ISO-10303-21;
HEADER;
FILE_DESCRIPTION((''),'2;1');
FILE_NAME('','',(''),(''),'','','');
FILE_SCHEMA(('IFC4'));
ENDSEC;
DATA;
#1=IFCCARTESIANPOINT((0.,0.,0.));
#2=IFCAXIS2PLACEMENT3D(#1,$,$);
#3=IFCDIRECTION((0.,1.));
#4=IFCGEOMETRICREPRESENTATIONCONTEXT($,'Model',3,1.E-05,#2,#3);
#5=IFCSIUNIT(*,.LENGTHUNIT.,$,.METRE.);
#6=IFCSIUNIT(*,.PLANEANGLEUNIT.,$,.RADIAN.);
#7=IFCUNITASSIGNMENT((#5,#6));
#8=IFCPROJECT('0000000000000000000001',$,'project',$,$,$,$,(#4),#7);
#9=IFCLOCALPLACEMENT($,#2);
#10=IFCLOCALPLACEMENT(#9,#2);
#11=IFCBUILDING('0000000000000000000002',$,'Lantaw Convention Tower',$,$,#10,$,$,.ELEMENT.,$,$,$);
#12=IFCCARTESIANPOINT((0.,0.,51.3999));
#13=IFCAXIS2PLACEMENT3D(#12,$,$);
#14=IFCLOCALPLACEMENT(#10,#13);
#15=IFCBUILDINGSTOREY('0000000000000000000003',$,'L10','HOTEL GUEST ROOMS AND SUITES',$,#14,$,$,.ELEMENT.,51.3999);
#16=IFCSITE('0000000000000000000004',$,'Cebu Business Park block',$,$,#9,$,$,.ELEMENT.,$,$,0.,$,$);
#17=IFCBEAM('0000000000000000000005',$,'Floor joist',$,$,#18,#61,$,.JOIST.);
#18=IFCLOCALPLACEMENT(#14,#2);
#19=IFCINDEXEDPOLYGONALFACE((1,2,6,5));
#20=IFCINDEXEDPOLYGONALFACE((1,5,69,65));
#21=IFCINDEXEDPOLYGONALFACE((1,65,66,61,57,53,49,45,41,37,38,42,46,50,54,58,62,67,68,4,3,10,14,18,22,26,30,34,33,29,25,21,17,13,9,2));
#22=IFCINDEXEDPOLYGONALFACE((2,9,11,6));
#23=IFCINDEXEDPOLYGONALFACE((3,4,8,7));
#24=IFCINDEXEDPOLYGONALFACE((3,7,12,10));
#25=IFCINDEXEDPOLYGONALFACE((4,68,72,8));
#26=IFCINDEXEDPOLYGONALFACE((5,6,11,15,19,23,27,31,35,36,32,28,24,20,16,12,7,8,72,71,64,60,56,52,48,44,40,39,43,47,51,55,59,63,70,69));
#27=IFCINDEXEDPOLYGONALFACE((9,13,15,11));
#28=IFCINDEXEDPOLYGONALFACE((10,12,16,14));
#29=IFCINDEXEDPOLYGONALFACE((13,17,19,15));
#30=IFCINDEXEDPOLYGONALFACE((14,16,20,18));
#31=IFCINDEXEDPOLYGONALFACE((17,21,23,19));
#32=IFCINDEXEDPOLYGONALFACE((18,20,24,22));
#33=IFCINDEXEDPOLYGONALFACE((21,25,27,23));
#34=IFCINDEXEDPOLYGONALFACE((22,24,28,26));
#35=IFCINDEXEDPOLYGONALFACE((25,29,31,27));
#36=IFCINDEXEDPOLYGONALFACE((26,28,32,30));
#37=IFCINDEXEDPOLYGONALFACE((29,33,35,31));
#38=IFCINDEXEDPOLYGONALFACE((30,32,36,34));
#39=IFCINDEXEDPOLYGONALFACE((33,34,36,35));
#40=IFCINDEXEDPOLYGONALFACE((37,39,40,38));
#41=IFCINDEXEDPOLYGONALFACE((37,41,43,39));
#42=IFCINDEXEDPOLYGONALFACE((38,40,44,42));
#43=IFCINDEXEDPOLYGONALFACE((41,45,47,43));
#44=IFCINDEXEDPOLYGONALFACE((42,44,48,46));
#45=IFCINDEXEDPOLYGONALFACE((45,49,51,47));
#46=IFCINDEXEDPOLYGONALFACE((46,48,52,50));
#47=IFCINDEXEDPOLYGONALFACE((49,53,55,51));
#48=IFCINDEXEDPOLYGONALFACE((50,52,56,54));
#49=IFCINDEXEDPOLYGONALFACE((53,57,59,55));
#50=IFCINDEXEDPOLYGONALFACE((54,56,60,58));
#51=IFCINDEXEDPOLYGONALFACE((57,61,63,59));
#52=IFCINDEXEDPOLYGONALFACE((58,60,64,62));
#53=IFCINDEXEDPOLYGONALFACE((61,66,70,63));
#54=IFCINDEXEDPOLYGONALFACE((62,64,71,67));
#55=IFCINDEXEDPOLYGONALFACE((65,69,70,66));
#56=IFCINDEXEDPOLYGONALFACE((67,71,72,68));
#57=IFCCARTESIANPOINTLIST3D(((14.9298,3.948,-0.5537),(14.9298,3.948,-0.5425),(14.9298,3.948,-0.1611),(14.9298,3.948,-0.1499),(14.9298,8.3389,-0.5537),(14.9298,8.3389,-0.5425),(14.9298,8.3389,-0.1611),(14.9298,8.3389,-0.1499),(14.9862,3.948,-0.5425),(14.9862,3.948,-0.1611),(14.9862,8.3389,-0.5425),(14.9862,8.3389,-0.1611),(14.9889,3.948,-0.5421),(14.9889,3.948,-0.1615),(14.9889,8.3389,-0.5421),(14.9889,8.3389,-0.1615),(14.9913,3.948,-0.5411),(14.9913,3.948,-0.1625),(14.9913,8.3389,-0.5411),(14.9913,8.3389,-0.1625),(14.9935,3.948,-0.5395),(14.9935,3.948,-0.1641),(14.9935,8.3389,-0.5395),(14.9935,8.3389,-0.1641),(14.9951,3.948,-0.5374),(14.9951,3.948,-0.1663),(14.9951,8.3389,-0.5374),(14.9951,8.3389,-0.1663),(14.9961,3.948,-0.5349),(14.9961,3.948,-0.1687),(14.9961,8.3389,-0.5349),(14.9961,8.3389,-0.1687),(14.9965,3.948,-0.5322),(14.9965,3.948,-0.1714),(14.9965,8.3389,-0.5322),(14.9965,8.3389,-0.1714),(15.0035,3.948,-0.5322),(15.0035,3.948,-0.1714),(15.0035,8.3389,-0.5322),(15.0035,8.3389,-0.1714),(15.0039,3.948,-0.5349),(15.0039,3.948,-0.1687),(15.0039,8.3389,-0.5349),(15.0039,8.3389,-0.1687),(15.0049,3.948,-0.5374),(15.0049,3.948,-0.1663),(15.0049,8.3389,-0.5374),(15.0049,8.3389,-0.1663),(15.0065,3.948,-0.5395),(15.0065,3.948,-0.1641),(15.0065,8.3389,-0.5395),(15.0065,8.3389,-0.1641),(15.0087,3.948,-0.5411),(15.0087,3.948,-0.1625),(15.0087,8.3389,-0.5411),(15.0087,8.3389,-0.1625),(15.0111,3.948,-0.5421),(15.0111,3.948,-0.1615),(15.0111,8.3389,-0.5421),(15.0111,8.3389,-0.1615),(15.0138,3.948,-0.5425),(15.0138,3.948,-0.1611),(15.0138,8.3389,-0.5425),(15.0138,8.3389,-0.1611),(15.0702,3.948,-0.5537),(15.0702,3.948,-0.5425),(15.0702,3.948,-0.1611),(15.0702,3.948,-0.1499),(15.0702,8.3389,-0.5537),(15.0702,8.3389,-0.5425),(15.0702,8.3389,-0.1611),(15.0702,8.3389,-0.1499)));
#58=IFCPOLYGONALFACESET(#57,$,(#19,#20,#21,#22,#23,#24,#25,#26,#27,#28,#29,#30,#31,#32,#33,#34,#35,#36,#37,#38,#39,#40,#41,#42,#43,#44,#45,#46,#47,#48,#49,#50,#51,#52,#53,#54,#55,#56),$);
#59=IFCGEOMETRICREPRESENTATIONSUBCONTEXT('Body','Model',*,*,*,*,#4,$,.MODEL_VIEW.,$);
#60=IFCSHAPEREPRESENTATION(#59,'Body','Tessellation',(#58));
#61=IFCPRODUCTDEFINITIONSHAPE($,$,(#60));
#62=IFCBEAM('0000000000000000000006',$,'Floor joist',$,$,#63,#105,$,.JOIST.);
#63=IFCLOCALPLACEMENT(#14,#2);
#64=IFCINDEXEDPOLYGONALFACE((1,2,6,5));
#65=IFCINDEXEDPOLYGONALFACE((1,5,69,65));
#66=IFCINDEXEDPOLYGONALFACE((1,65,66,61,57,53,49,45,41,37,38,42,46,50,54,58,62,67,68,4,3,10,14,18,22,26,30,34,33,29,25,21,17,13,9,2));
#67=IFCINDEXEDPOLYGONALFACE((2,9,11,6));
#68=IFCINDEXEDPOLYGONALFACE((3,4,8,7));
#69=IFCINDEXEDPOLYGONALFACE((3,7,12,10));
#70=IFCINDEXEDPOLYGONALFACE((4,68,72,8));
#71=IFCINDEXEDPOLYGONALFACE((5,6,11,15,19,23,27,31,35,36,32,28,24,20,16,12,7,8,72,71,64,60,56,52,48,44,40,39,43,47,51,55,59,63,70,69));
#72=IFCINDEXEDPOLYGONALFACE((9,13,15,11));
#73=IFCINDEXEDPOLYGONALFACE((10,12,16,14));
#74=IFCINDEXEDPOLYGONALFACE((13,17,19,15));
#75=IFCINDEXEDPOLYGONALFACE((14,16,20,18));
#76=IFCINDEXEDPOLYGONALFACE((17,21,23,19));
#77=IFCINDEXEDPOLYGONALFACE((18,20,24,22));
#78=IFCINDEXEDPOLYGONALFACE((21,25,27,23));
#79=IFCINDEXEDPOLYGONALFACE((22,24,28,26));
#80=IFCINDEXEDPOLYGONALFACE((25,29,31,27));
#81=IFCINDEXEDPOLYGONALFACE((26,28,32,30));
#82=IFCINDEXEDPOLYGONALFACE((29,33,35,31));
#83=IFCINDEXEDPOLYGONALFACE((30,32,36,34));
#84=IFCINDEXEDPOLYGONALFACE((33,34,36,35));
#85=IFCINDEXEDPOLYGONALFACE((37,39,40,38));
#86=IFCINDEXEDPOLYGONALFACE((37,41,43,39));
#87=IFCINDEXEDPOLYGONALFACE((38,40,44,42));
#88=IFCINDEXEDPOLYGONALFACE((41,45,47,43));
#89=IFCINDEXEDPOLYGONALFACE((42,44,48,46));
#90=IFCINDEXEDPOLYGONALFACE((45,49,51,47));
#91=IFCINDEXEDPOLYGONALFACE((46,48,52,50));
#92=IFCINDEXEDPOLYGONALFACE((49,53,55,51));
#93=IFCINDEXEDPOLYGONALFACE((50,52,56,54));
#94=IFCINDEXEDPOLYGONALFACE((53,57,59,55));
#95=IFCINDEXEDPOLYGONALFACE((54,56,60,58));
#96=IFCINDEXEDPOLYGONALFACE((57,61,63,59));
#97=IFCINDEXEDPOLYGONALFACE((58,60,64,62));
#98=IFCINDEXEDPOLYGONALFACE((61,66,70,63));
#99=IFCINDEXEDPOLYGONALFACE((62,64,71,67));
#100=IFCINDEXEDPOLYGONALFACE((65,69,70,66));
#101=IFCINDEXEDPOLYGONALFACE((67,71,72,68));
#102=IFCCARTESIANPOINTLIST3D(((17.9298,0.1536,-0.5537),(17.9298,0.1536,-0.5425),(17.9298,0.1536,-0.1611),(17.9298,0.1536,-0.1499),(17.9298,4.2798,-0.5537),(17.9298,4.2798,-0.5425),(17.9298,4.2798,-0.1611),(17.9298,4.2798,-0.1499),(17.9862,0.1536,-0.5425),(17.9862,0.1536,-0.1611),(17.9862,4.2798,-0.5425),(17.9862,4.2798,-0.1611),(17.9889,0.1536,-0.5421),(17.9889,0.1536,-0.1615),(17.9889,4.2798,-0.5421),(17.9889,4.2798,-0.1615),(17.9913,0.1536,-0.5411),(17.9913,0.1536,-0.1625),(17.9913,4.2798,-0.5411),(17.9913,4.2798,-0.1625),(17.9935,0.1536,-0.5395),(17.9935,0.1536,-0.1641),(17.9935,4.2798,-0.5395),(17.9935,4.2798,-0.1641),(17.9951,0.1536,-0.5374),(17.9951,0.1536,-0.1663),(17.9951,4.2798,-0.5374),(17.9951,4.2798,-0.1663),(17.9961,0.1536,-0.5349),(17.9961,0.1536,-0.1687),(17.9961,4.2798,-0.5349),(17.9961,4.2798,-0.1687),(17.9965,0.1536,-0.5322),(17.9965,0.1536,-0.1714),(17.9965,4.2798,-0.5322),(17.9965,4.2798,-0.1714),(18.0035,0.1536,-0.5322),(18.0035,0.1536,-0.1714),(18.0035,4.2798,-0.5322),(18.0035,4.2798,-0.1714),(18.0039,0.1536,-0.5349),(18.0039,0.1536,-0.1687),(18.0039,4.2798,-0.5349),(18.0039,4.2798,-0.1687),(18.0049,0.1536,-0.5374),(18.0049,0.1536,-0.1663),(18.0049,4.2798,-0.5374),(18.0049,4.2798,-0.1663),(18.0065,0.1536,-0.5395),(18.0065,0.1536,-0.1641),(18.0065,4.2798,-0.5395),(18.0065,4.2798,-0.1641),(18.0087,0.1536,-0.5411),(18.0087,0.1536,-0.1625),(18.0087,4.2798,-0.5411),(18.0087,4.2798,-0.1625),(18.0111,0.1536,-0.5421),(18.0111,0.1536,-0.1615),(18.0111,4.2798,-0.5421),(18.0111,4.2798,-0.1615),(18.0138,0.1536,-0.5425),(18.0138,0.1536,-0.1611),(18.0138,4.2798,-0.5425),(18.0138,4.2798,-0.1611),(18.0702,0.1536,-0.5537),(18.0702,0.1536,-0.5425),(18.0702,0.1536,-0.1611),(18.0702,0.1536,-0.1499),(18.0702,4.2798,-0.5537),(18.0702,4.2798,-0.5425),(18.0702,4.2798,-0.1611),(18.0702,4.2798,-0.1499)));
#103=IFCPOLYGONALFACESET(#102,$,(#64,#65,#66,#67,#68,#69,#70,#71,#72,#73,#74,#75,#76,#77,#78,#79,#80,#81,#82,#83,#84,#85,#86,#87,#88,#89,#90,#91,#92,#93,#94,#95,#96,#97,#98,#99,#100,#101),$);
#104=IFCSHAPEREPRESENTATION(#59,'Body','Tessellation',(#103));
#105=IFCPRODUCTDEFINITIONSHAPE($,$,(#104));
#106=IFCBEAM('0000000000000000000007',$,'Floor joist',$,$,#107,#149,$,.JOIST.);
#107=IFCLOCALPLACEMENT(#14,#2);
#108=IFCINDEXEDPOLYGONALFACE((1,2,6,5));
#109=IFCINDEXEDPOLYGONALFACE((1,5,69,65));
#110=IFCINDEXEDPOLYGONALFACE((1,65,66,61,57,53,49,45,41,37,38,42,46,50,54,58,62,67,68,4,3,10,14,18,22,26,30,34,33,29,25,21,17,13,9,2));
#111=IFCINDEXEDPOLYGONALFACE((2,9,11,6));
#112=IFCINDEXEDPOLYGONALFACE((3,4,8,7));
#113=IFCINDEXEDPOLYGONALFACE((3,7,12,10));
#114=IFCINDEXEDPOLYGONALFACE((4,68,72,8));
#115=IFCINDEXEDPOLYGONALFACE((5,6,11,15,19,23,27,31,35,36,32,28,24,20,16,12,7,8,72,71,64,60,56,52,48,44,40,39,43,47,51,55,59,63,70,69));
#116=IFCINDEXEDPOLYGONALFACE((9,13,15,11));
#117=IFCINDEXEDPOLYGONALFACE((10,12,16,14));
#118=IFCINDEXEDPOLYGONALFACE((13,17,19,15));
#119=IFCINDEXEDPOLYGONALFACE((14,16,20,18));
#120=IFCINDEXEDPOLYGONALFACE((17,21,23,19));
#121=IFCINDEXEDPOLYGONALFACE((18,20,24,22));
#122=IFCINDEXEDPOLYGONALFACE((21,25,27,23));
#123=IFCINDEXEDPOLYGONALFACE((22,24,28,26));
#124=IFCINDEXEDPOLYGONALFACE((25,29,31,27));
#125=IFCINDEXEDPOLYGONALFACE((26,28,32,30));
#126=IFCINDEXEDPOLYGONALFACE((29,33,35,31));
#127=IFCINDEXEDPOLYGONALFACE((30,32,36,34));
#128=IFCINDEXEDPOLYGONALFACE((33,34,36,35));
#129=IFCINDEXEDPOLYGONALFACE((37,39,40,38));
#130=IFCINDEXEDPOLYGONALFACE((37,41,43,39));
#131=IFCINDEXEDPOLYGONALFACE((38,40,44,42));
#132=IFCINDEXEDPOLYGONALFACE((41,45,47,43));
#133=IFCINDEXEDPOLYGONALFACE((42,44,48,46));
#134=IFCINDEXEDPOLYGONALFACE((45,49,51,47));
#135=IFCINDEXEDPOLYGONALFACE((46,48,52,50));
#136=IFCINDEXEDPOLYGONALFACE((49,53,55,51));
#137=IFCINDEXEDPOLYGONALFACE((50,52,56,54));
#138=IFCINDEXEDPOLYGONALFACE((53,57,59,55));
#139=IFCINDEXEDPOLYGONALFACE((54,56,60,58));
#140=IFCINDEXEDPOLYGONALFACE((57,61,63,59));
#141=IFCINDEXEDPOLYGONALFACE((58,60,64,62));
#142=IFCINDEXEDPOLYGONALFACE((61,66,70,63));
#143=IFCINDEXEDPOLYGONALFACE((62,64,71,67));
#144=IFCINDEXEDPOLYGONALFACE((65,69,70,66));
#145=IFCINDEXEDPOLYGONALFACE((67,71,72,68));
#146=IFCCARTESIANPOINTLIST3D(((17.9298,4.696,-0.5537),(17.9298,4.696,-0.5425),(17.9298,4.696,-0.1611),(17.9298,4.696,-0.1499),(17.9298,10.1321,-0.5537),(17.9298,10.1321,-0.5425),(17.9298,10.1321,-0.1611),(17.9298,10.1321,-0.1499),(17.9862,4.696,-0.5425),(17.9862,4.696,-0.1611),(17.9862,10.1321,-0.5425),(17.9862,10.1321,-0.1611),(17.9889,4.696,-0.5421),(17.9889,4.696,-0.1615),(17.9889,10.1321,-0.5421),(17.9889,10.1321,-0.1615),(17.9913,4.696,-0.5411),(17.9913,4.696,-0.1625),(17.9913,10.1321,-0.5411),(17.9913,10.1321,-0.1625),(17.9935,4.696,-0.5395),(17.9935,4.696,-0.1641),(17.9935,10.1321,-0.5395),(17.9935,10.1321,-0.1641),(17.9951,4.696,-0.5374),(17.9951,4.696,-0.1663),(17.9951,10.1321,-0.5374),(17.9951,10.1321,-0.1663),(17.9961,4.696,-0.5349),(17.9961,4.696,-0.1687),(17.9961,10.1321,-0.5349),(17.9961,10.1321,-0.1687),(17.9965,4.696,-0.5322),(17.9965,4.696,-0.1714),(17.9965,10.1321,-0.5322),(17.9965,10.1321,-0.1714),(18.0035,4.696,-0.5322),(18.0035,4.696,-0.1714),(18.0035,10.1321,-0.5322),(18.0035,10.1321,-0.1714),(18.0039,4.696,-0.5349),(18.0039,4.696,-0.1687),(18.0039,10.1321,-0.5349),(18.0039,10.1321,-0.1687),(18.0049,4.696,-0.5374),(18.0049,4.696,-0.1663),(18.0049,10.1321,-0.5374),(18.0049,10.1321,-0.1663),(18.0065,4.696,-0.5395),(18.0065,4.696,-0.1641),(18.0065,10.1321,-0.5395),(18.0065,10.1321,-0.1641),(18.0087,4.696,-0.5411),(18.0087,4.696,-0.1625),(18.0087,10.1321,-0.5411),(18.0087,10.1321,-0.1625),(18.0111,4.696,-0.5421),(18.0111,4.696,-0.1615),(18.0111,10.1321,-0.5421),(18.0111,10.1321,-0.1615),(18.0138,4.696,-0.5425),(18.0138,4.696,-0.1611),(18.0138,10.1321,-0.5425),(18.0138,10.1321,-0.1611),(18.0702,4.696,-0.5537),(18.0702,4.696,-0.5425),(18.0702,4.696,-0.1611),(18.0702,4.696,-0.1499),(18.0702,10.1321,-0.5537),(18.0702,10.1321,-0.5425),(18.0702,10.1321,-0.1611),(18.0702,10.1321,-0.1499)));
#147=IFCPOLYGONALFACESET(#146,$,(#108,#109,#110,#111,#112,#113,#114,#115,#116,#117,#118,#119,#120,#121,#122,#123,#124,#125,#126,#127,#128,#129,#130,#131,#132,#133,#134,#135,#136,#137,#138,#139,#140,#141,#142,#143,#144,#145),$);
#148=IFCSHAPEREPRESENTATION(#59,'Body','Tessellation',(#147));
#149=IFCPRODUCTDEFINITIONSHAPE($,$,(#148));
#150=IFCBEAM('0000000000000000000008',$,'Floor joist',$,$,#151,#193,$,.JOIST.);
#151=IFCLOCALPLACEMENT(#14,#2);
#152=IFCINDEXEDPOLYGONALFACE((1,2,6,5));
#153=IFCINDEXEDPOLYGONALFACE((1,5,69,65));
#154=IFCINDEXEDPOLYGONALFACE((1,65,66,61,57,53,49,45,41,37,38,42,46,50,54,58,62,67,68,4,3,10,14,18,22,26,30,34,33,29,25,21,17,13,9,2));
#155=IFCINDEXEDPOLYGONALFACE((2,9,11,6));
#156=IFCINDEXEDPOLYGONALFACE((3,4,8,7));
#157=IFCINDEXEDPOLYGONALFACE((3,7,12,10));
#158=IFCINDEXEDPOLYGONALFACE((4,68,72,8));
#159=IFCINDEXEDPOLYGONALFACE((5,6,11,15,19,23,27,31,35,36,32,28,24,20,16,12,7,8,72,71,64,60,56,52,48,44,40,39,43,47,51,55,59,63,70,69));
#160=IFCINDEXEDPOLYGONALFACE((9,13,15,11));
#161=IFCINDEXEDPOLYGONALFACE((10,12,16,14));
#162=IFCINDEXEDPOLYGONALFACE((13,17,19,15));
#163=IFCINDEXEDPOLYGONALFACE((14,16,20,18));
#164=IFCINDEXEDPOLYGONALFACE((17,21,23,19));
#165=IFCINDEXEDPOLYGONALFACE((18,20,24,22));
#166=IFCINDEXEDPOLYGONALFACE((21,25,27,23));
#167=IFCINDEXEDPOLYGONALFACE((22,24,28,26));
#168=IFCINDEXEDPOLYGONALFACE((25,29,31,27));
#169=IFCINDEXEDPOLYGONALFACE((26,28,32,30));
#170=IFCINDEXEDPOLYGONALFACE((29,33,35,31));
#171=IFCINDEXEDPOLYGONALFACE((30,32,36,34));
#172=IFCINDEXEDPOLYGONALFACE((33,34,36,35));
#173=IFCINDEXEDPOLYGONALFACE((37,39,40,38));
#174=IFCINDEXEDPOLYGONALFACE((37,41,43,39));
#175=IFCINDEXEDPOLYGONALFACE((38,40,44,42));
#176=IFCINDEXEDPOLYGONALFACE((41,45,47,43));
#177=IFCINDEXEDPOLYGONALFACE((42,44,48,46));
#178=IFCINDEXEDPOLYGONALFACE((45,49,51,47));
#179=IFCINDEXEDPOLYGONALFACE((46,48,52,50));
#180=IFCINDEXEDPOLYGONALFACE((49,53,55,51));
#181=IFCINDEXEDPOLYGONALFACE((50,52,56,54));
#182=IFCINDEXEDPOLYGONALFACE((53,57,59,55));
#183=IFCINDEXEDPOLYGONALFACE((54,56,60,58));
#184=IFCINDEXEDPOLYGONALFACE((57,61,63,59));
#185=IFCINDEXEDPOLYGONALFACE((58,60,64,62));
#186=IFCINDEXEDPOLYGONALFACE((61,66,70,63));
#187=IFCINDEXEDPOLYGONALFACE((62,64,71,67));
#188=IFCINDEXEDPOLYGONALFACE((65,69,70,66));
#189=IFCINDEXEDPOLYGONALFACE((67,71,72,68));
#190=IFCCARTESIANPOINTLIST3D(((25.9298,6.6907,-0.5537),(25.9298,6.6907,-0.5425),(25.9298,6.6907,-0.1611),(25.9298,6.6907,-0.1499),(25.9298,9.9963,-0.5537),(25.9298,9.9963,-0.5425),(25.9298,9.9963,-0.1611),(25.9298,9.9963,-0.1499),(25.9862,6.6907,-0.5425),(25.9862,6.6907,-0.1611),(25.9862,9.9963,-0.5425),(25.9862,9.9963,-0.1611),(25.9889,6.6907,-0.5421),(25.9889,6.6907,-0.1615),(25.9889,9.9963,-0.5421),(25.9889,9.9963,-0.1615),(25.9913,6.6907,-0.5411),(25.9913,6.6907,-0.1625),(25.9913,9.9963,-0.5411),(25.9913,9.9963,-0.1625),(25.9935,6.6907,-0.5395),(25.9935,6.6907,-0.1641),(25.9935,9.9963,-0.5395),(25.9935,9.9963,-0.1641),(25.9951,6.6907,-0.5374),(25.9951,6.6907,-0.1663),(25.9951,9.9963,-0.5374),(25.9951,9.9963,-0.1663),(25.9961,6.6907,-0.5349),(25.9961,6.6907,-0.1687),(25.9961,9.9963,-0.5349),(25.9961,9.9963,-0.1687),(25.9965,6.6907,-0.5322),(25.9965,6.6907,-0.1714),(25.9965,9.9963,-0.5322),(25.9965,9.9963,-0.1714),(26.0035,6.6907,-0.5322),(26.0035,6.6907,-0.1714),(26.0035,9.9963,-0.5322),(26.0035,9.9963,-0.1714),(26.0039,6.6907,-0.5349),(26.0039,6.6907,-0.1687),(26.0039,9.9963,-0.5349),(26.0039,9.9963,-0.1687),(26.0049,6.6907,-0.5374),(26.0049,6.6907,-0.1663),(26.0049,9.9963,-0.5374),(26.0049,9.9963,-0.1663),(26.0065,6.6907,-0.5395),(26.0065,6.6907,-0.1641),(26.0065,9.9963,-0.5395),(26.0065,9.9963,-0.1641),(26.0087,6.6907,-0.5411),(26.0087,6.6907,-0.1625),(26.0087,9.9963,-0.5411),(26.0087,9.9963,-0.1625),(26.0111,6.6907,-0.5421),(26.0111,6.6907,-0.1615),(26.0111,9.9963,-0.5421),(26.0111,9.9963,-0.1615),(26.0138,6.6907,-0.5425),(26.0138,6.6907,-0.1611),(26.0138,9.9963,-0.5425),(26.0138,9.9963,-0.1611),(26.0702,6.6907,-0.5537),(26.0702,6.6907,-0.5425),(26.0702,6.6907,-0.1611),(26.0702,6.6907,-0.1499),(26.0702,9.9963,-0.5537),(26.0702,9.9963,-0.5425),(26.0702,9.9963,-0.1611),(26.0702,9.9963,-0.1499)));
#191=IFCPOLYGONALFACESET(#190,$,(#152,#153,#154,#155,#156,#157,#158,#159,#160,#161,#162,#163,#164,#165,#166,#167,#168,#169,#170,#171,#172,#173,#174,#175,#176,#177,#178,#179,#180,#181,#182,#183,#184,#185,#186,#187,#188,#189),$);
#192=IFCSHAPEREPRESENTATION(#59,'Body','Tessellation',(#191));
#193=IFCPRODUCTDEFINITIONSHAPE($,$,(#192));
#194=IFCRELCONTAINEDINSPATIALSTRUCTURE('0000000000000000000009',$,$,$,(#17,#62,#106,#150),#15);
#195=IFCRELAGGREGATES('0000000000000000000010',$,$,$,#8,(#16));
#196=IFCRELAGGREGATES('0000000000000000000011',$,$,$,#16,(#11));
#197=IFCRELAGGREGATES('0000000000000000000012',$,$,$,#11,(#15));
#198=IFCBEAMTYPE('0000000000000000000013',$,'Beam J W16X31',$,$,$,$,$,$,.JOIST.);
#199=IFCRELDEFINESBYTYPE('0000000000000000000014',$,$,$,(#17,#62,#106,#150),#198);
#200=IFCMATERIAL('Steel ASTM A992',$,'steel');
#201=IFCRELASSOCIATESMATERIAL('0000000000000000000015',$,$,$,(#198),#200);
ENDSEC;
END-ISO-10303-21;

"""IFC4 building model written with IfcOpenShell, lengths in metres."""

from ifc_helpers import new_model, si_unit, direction, frame, origin, origin_2d, place, context, subcontext, project, spatial, i_section, extrude, material, material_profile, profile_set, type_object, element, save


model = new_model("IFC4")

# Units and contexts
model_context = context("Model", 3, precision=1e-05, world=origin(), true_north=direction((0.0, 1.0)))
body_context = subcontext(model_context, "Body", "Model", "MODEL_VIEW")
ifc_project = project(units=[si_unit("LENGTHUNIT", "METRE"), si_unit("PLANEANGLEUNIT", "RADIAN")], contexts=[model_context])

# Site, building, storey
site_placement = place(None, origin())
site = spatial("IfcSite", under=ifc_project, at=site_placement, Name="Cebu Business Park block", CompositionType="ELEMENT", RefElevation=0.0)
building_placement = place(site_placement, origin())
building = spatial("IfcBuilding", under=site, at=building_placement, Name="Lantaw Convention Tower", CompositionType="ELEMENT")
storey_placement = place(building_placement, frame((0.0, 0.0, 51.3999)))
storey = spatial("IfcBuildingStorey", under=building, at=storey_placement, Name="L10", Description="HOTEL GUEST ROOMS AND SUITES", CompositionType="ELEMENT", Elevation=51.3999)

# Beams
ifc_material_1 = material(Name="Steel ASTM A992", Category="steel")
ifc_material_profile_1 = material_profile(ifc_material_1, i_section(OverallWidth=0.1404, OverallDepth=0.4038, WebThickness=0.0071, FlangeThickness=0.0112, FilletRadius=0.0103, at=origin_2d()), Name="W16X31")
ifc_profile_set_1 = profile_set([ifc_material_profile_1], Name="Steel ASTM A992")
beam_type_1 = type_object("IfcBeamType", Name="Beam J W16X31", PredefinedType="JOIST", material=ifc_profile_set_1)
beam_1_placement = place(storey_placement, frame((15.0, 3.948, -0.3518), z_axis=(0.0, 1.0, 0.0), x_axis=(-1.0, 0.0, 0.0)))
element("IfcBeam", 1, at=beam_1_placement, inside=storey, type_object=beam_type_1, Name="Floor joist", PredefinedType="JOIST", context=body_context, shape_type="SweptSolid", body=[
    extrude(i_section(OverallWidth=0.1404, OverallDepth=0.4038, WebThickness=0.0071, FlangeThickness=0.0112, FilletRadius=0.0103, at=origin_2d()), origin(), (0.0, 0.0, 1.0), 4.3909),
])
beam_2_placement = place(storey_placement, frame((18.0, 0.1536, -0.3518), z_axis=(0.0, 1.0, 0.0), x_axis=(-1.0, 0.0, 0.0)))
element("IfcBeam", 2, at=beam_2_placement, inside=storey, type_object=beam_type_1, Name="Floor joist", PredefinedType="JOIST", context=body_context, shape_type="SweptSolid", body=[
    extrude(i_section(OverallWidth=0.1404, OverallDepth=0.4038, WebThickness=0.0071, FlangeThickness=0.0112, FilletRadius=0.0103, at=origin_2d()), origin(), (0.0, 0.0, 1.0), 4.1262),
])
beam_3_placement = place(storey_placement, frame((18.0, 4.696, -0.3518), z_axis=(0.0, 1.0, 0.0), x_axis=(-1.0, 0.0, 0.0)))
element("IfcBeam", 3, at=beam_3_placement, inside=storey, type_object=beam_type_1, Name="Floor joist", PredefinedType="JOIST", context=body_context, shape_type="SweptSolid", body=[
    extrude(i_section(OverallWidth=0.1404, OverallDepth=0.4038, WebThickness=0.0071, FlangeThickness=0.0112, FilletRadius=0.0103, at=origin_2d()), origin(), (0.0, 0.0, 1.0), 5.436),
])
beam_4_placement = place(storey_placement, frame((26.0, 6.6907, -0.3518), z_axis=(0.0, 1.0, 0.0), x_axis=(-1.0, 0.0, 0.0)))
element("IfcBeam", 4, at=beam_4_placement, inside=storey, type_object=beam_type_1, Name="Floor joist", PredefinedType="JOIST", context=body_context, shape_type="SweptSolid", body=[
    extrude(i_section(OverallWidth=0.1404, OverallDepth=0.4038, WebThickness=0.0071, FlangeThickness=0.0112, FilletRadius=0.0103, at=origin_2d()), origin(), (0.0, 0.0, 1.0), 3.3057),
])

save(model, "model.ifc")
